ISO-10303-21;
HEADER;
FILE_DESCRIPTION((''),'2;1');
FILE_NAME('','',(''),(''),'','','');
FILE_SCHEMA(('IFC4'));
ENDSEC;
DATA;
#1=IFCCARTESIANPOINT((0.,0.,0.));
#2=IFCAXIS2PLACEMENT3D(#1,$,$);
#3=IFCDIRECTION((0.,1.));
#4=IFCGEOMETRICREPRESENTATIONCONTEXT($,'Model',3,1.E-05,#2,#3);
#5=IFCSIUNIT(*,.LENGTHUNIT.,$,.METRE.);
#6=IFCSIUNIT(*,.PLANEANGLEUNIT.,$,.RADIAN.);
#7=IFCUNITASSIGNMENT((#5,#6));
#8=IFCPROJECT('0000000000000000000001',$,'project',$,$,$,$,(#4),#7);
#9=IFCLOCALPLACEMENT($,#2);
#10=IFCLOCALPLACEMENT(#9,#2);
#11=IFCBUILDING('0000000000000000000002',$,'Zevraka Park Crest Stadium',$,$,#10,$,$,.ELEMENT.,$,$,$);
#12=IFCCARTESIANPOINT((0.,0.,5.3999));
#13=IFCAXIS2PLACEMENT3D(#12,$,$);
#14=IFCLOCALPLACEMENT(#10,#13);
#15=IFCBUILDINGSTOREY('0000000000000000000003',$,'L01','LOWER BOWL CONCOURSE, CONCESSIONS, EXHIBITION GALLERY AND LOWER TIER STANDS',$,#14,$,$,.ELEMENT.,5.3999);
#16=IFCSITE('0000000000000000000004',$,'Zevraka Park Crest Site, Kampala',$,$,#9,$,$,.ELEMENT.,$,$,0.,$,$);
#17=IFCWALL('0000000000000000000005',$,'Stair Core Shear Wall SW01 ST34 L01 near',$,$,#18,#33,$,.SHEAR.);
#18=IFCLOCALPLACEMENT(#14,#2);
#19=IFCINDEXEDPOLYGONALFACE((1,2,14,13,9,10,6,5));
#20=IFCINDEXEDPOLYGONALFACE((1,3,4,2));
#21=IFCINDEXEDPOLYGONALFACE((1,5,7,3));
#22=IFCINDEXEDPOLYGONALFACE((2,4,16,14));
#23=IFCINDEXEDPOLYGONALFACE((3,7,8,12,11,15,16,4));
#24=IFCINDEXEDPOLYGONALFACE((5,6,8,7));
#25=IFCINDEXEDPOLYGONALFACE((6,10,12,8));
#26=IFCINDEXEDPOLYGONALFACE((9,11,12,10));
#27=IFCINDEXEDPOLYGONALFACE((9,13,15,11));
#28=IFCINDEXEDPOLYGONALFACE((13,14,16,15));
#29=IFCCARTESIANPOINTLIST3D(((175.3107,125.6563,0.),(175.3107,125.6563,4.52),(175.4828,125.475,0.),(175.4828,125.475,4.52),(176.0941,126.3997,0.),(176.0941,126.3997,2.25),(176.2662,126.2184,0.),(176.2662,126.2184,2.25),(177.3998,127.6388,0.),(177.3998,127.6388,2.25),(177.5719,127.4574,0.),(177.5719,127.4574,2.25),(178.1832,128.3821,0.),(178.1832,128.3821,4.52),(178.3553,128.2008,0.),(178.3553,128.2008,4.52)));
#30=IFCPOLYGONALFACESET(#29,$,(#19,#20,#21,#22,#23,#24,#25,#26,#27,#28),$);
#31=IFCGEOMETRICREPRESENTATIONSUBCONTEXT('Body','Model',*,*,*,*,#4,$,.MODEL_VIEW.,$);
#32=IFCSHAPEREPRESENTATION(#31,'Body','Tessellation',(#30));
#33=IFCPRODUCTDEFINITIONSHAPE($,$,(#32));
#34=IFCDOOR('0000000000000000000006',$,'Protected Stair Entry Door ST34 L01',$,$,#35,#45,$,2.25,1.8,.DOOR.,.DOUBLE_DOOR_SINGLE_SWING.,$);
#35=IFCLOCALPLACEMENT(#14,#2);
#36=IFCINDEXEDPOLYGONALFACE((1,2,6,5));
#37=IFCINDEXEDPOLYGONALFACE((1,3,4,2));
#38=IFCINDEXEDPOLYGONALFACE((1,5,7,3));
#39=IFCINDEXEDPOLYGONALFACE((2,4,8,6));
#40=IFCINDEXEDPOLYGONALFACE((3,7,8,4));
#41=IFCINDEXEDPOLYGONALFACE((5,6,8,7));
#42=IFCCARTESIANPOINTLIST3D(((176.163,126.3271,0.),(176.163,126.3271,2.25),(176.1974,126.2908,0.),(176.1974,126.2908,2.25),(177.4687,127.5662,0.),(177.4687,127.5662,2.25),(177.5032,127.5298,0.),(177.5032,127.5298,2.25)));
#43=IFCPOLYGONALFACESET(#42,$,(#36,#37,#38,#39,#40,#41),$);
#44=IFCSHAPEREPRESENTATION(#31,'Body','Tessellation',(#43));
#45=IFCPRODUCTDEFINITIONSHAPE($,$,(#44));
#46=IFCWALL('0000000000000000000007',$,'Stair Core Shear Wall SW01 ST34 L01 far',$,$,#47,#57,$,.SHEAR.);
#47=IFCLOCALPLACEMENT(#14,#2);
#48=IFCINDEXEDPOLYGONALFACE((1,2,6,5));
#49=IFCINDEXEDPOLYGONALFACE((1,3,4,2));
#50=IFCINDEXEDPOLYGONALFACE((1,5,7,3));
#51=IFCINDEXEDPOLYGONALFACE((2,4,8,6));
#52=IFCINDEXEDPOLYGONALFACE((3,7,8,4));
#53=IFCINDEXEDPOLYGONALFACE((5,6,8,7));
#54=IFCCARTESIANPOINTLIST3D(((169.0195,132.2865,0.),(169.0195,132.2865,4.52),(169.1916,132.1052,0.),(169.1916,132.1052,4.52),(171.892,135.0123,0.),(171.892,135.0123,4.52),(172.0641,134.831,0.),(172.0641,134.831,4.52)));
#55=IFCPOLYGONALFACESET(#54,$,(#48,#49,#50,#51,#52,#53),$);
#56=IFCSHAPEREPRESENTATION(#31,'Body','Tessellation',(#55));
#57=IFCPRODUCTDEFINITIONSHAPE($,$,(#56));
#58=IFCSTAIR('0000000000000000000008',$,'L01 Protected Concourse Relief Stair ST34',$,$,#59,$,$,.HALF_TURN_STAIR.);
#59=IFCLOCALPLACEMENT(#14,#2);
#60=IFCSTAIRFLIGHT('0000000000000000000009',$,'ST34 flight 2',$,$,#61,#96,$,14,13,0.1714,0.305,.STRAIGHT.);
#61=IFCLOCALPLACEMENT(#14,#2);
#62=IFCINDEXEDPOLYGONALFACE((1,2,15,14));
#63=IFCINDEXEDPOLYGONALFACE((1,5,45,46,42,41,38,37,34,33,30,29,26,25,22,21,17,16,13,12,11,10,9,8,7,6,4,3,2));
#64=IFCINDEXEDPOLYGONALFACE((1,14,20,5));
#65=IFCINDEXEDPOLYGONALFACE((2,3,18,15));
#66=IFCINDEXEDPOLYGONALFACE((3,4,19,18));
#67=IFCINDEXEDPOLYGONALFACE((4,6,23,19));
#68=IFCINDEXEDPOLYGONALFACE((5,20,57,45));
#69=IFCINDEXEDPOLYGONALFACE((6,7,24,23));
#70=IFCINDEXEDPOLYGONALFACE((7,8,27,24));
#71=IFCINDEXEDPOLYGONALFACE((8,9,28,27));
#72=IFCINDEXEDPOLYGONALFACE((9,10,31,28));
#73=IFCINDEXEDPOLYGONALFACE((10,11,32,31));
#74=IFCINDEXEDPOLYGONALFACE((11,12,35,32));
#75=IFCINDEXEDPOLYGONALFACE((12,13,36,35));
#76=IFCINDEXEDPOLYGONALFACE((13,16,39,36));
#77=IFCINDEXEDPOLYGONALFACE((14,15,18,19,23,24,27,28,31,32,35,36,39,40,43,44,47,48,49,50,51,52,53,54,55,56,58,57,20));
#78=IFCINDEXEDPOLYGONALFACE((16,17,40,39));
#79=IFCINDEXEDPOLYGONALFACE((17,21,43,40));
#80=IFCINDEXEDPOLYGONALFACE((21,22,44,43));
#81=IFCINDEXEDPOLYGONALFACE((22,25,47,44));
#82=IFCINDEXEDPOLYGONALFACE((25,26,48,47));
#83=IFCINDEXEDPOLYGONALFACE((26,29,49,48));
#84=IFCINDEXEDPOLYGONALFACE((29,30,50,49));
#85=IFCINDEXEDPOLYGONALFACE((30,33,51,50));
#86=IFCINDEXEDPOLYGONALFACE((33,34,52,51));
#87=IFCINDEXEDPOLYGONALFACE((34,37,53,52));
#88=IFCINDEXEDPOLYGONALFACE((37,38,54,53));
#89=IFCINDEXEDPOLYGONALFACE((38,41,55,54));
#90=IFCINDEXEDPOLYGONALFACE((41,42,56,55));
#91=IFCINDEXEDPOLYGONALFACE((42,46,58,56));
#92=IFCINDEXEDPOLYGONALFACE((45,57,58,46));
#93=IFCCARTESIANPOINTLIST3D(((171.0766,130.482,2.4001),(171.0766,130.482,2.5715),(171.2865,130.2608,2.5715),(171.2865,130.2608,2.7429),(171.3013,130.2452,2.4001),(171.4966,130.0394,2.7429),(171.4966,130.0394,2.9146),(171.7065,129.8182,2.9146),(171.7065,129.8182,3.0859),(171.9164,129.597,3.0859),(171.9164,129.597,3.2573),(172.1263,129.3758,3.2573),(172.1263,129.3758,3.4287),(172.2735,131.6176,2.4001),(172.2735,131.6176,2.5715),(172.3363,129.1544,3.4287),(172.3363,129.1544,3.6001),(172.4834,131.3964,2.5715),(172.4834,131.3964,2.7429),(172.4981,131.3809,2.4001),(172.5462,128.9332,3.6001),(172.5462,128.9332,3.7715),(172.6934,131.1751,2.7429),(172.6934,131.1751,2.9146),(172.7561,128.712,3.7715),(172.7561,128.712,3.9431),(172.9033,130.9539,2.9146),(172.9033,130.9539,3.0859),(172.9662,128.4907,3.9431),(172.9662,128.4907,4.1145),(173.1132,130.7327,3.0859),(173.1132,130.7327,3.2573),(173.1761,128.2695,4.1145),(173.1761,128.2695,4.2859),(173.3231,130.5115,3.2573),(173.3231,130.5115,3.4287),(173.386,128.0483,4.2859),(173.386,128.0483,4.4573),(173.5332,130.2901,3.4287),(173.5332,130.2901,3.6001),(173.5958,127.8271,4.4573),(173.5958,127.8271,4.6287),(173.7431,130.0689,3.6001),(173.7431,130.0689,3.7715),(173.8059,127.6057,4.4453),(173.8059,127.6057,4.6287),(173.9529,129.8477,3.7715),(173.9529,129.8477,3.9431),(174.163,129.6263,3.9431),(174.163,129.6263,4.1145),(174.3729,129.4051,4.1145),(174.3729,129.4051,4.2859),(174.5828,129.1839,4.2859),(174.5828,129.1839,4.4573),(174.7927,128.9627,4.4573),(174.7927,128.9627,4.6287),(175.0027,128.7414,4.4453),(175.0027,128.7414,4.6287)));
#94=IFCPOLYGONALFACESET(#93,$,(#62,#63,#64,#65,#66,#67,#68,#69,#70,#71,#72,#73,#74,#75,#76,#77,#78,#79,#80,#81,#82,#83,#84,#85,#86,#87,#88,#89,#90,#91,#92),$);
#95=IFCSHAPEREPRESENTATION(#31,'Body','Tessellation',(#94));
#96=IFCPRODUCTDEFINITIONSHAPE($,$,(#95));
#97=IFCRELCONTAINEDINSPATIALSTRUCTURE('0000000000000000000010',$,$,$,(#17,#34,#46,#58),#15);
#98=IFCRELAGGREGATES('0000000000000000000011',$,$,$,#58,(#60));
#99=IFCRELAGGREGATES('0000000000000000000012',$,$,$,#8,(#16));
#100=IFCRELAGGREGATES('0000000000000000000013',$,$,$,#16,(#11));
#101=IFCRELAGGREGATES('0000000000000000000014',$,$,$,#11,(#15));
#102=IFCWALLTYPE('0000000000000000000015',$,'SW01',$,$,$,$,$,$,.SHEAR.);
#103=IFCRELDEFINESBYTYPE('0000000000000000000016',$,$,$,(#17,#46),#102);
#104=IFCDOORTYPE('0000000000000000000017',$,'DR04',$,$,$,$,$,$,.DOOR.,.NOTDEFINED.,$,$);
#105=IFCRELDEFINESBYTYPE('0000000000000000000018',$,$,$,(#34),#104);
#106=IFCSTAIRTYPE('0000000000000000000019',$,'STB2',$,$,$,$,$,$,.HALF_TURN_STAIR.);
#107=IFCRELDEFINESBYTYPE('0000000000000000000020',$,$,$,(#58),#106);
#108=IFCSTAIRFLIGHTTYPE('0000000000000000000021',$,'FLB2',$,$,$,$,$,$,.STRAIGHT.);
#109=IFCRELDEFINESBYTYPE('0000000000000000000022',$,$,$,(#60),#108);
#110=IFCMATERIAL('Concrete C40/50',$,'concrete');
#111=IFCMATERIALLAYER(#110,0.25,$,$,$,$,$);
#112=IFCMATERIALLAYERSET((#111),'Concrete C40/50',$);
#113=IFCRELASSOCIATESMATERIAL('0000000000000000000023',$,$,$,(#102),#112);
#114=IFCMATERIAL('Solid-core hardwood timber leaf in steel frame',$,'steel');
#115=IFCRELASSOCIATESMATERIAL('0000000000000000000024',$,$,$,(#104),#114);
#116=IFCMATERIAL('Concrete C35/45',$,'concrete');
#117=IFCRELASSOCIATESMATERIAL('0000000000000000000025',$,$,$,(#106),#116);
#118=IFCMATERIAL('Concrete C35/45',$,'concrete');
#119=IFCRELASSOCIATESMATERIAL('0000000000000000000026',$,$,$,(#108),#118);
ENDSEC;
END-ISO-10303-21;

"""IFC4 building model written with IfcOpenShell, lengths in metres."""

from ifc_helpers import new_model, si_unit, direction, frame, frame_2d, origin, place, context, subcontext, project, spatial, polyline, rectangle, outline, extrude, material, layer, layer_set, type_object, element, fill, aggregate, save


model = new_model("IFC4")

# Units and contexts
model_context = context("Model", 3, precision=1e-05, world=origin(), true_north=direction((0.0, 1.0)))
body_context = subcontext(model_context, "Body", "Model", "MODEL_VIEW")
ifc_project = project(units=[si_unit("LENGTHUNIT", "METRE"), si_unit("PLANEANGLEUNIT", "RADIAN")], contexts=[model_context])

# Site, building, storey
site_placement = place(None, origin())
site = spatial("IfcSite", under=ifc_project, at=site_placement, Name="Zevraka Park Crest Site, Kampala", CompositionType="ELEMENT", RefElevation=0.0)
building_placement = place(site_placement, origin())
building = spatial("IfcBuilding", under=site, at=building_placement, Name="Zevraka Park Crest Stadium", CompositionType="ELEMENT")
storey_placement = place(building_placement, frame((0.0, 0.0, 5.3999)))
storey = spatial("IfcBuildingStorey", under=building, at=storey_placement, Name="L01", Description="LOWER BOWL CONCOURSE, CONCESSIONS, EXHIBITION GALLERY AND LOWER TIER STANDS", CompositionType="ELEMENT", Elevation=5.3999)

# Shared definitions
ifc_material_1 = material(Name="Concrete C40/50", Category="concrete")
ifc_layer_1 = layer(ifc_material_1, 0.25)
ifc_layer_set_1 = layer_set([ifc_layer_1], Name="Concrete C40/50")
wall_type = type_object("IfcWallType", Name="SW01", PredefinedType="SHEAR", material=ifc_layer_set_1)

# Wall, opening, door
wall_1_placement = place(storey_placement, frame((175.3967, 125.5657, 0.0), z_axis=(0.0, 0.0, 1.0), x_axis=(0.72539, 0.688338, 0.0)))
wall_1 = element("IfcWall", 1, at=wall_1_placement, inside=storey, type_object=wall_type, Name="Stair Core Shear Wall SW01 ST34 L01 near", PredefinedType="SHEAR", context=body_context, shape_type="SweptSolid", body=[
    extrude(rectangle(XDim=3.96, YDim=0.25, at=frame_2d((1.98, 0.0))), origin(), (0.0, 0.0, 1.0), 4.52),
])
opening_placement = place(wall_1_placement, frame((1.0801, 0.0, 0.0)))
opening = element("IfcOpeningElement", 2, at=opening_placement, cuts=wall_1, PredefinedType="OPENING", context=body_context, shape_type="SweptSolid", body=[
    extrude(rectangle(XDim=1.8, YDim=2.25, at=frame_2d((0.8999, 1.125))), frame((0.0, 0.135, 0.0), z_axis=(0.0, -1.0, 0.0), x_axis=(1.0, 0.0, 0.0)), (0.0, 0.0, 1.0), 0.27),
])
ifc_material_2 = material(Name="Solid-core hardwood timber leaf in steel frame", Category="steel")
door_type = type_object("IfcDoorType", Name="DR04", OperationType="NOTDEFINED", PredefinedType="DOOR", material=ifc_material_2)
door_placement = place(opening_placement, origin())
door = element("IfcDoor", 3, at=door_placement, inside=storey, type_object=door_type, Name="Protected Stair Entry Door ST34 L01", OperationType="DOUBLE_DOOR_SINGLE_SWING", OverallHeight=2.25, OverallWidth=1.8, PredefinedType="DOOR", context=body_context, shape_type="SweptSolid", body=[
    extrude(rectangle(XDim=1.8, YDim=2.25, at=frame_2d((0.8999, 1.125))), frame((0.0, 0.0249, 0.0), z_axis=(0.0, -1.0, 0.0), x_axis=(1.0, 0.0, 0.0)), (0.0, 0.0, 1.0), 0.05),
])
fill(opening, door)

# Wall
wall_2_placement = place(storey_placement, frame((171.978, 134.9216, 0.0), z_axis=(0.0, 0.0, 1.0), x_axis=(-0.72539, -0.688338, 0.0)))
element("IfcWall", 4, at=wall_2_placement, inside=storey, type_object=wall_type, Name="Stair Core Shear Wall SW01 ST34 L01 far", PredefinedType="SHEAR", context=body_context, shape_type="SweptSolid", body=[
    extrude(rectangle(XDim=3.96, YDim=0.25, at=frame_2d((1.98, 0.0))), origin(), (0.0, 0.0, 1.0), 4.52),
])

# Stair, stair flight
ifc_material_3 = material(Name="Concrete C35/45", Category="concrete")
stair_type = type_object("IfcStairType", Name="STB2", PredefinedType="HALF_TURN_STAIR", material=ifc_material_3)
stair_placement = place(storey_placement, origin())
stair = element("IfcStair", 5, at=stair_placement, inside=storey, type_object=stair_type, Name="L01 Protected Concourse Relief Stair ST34", PredefinedType="HALF_TURN_STAIR")
ifc_material_4 = material(Name="Concrete C35/45", Category="concrete")
stair_flight_type = type_object("IfcStairFlightType", Name="FLB2", PredefinedType="STRAIGHT", material=ifc_material_4)
stair_flight_placement = place(storey_placement, frame((171.675, 131.0498, 2.4001), z_axis=(0.0, 0.0, 1.0), x_axis=(0.688327, -0.725401, 0.0)))
stair_flight = element("IfcStairFlight", 6, at=stair_flight_placement, type_object=stair_flight_type, Name="ST34 flight 2", NumberOfRisers=14, NumberOfTreads=13, PredefinedType="STRAIGHT", RiserHeight=0.1714, TreadLength=0.305, context=body_context, shape_type="SweptSolid", body=[
    extrude(outline(polyline([(0.0, 0.0), (0.0, 0.1714), (0.3049, 0.1714), (0.3049, 0.3428), (0.6101, 0.3428), (0.6101, 0.5144), (0.915, 0.5144), (0.915, 0.6858), (1.22, 0.6858), (1.22, 0.8572), (1.5249, 0.8572), (1.5249, 1.0286), (1.8301, 1.0286), (1.8301, 1.2), (2.135, 1.2), (2.135, 1.3713), (2.4399, 1.3713), (2.4399, 1.543), (2.7451, 1.543), (2.7451, 1.7144), (3.05, 1.7144), (3.05, 1.8857), (3.355, 1.8857), (3.355, 2.0571), (3.6599, 2.0571), (3.6599, 2.2285), (3.9651, 2.2285), (3.9651, 2.3999), (3.9651, 2.0452), (0.3264, 0.0), (0.0, 0.0)])), frame((0.0, 0.825, 0.0), z_axis=(0.0, -1.0, 0.0), x_axis=(1.0, 0.0, 0.0)), (0.0, 0.0, 1.0), 1.6499),
])
aggregate(stair, [stair_flight])

save(model, "model.ifc")
